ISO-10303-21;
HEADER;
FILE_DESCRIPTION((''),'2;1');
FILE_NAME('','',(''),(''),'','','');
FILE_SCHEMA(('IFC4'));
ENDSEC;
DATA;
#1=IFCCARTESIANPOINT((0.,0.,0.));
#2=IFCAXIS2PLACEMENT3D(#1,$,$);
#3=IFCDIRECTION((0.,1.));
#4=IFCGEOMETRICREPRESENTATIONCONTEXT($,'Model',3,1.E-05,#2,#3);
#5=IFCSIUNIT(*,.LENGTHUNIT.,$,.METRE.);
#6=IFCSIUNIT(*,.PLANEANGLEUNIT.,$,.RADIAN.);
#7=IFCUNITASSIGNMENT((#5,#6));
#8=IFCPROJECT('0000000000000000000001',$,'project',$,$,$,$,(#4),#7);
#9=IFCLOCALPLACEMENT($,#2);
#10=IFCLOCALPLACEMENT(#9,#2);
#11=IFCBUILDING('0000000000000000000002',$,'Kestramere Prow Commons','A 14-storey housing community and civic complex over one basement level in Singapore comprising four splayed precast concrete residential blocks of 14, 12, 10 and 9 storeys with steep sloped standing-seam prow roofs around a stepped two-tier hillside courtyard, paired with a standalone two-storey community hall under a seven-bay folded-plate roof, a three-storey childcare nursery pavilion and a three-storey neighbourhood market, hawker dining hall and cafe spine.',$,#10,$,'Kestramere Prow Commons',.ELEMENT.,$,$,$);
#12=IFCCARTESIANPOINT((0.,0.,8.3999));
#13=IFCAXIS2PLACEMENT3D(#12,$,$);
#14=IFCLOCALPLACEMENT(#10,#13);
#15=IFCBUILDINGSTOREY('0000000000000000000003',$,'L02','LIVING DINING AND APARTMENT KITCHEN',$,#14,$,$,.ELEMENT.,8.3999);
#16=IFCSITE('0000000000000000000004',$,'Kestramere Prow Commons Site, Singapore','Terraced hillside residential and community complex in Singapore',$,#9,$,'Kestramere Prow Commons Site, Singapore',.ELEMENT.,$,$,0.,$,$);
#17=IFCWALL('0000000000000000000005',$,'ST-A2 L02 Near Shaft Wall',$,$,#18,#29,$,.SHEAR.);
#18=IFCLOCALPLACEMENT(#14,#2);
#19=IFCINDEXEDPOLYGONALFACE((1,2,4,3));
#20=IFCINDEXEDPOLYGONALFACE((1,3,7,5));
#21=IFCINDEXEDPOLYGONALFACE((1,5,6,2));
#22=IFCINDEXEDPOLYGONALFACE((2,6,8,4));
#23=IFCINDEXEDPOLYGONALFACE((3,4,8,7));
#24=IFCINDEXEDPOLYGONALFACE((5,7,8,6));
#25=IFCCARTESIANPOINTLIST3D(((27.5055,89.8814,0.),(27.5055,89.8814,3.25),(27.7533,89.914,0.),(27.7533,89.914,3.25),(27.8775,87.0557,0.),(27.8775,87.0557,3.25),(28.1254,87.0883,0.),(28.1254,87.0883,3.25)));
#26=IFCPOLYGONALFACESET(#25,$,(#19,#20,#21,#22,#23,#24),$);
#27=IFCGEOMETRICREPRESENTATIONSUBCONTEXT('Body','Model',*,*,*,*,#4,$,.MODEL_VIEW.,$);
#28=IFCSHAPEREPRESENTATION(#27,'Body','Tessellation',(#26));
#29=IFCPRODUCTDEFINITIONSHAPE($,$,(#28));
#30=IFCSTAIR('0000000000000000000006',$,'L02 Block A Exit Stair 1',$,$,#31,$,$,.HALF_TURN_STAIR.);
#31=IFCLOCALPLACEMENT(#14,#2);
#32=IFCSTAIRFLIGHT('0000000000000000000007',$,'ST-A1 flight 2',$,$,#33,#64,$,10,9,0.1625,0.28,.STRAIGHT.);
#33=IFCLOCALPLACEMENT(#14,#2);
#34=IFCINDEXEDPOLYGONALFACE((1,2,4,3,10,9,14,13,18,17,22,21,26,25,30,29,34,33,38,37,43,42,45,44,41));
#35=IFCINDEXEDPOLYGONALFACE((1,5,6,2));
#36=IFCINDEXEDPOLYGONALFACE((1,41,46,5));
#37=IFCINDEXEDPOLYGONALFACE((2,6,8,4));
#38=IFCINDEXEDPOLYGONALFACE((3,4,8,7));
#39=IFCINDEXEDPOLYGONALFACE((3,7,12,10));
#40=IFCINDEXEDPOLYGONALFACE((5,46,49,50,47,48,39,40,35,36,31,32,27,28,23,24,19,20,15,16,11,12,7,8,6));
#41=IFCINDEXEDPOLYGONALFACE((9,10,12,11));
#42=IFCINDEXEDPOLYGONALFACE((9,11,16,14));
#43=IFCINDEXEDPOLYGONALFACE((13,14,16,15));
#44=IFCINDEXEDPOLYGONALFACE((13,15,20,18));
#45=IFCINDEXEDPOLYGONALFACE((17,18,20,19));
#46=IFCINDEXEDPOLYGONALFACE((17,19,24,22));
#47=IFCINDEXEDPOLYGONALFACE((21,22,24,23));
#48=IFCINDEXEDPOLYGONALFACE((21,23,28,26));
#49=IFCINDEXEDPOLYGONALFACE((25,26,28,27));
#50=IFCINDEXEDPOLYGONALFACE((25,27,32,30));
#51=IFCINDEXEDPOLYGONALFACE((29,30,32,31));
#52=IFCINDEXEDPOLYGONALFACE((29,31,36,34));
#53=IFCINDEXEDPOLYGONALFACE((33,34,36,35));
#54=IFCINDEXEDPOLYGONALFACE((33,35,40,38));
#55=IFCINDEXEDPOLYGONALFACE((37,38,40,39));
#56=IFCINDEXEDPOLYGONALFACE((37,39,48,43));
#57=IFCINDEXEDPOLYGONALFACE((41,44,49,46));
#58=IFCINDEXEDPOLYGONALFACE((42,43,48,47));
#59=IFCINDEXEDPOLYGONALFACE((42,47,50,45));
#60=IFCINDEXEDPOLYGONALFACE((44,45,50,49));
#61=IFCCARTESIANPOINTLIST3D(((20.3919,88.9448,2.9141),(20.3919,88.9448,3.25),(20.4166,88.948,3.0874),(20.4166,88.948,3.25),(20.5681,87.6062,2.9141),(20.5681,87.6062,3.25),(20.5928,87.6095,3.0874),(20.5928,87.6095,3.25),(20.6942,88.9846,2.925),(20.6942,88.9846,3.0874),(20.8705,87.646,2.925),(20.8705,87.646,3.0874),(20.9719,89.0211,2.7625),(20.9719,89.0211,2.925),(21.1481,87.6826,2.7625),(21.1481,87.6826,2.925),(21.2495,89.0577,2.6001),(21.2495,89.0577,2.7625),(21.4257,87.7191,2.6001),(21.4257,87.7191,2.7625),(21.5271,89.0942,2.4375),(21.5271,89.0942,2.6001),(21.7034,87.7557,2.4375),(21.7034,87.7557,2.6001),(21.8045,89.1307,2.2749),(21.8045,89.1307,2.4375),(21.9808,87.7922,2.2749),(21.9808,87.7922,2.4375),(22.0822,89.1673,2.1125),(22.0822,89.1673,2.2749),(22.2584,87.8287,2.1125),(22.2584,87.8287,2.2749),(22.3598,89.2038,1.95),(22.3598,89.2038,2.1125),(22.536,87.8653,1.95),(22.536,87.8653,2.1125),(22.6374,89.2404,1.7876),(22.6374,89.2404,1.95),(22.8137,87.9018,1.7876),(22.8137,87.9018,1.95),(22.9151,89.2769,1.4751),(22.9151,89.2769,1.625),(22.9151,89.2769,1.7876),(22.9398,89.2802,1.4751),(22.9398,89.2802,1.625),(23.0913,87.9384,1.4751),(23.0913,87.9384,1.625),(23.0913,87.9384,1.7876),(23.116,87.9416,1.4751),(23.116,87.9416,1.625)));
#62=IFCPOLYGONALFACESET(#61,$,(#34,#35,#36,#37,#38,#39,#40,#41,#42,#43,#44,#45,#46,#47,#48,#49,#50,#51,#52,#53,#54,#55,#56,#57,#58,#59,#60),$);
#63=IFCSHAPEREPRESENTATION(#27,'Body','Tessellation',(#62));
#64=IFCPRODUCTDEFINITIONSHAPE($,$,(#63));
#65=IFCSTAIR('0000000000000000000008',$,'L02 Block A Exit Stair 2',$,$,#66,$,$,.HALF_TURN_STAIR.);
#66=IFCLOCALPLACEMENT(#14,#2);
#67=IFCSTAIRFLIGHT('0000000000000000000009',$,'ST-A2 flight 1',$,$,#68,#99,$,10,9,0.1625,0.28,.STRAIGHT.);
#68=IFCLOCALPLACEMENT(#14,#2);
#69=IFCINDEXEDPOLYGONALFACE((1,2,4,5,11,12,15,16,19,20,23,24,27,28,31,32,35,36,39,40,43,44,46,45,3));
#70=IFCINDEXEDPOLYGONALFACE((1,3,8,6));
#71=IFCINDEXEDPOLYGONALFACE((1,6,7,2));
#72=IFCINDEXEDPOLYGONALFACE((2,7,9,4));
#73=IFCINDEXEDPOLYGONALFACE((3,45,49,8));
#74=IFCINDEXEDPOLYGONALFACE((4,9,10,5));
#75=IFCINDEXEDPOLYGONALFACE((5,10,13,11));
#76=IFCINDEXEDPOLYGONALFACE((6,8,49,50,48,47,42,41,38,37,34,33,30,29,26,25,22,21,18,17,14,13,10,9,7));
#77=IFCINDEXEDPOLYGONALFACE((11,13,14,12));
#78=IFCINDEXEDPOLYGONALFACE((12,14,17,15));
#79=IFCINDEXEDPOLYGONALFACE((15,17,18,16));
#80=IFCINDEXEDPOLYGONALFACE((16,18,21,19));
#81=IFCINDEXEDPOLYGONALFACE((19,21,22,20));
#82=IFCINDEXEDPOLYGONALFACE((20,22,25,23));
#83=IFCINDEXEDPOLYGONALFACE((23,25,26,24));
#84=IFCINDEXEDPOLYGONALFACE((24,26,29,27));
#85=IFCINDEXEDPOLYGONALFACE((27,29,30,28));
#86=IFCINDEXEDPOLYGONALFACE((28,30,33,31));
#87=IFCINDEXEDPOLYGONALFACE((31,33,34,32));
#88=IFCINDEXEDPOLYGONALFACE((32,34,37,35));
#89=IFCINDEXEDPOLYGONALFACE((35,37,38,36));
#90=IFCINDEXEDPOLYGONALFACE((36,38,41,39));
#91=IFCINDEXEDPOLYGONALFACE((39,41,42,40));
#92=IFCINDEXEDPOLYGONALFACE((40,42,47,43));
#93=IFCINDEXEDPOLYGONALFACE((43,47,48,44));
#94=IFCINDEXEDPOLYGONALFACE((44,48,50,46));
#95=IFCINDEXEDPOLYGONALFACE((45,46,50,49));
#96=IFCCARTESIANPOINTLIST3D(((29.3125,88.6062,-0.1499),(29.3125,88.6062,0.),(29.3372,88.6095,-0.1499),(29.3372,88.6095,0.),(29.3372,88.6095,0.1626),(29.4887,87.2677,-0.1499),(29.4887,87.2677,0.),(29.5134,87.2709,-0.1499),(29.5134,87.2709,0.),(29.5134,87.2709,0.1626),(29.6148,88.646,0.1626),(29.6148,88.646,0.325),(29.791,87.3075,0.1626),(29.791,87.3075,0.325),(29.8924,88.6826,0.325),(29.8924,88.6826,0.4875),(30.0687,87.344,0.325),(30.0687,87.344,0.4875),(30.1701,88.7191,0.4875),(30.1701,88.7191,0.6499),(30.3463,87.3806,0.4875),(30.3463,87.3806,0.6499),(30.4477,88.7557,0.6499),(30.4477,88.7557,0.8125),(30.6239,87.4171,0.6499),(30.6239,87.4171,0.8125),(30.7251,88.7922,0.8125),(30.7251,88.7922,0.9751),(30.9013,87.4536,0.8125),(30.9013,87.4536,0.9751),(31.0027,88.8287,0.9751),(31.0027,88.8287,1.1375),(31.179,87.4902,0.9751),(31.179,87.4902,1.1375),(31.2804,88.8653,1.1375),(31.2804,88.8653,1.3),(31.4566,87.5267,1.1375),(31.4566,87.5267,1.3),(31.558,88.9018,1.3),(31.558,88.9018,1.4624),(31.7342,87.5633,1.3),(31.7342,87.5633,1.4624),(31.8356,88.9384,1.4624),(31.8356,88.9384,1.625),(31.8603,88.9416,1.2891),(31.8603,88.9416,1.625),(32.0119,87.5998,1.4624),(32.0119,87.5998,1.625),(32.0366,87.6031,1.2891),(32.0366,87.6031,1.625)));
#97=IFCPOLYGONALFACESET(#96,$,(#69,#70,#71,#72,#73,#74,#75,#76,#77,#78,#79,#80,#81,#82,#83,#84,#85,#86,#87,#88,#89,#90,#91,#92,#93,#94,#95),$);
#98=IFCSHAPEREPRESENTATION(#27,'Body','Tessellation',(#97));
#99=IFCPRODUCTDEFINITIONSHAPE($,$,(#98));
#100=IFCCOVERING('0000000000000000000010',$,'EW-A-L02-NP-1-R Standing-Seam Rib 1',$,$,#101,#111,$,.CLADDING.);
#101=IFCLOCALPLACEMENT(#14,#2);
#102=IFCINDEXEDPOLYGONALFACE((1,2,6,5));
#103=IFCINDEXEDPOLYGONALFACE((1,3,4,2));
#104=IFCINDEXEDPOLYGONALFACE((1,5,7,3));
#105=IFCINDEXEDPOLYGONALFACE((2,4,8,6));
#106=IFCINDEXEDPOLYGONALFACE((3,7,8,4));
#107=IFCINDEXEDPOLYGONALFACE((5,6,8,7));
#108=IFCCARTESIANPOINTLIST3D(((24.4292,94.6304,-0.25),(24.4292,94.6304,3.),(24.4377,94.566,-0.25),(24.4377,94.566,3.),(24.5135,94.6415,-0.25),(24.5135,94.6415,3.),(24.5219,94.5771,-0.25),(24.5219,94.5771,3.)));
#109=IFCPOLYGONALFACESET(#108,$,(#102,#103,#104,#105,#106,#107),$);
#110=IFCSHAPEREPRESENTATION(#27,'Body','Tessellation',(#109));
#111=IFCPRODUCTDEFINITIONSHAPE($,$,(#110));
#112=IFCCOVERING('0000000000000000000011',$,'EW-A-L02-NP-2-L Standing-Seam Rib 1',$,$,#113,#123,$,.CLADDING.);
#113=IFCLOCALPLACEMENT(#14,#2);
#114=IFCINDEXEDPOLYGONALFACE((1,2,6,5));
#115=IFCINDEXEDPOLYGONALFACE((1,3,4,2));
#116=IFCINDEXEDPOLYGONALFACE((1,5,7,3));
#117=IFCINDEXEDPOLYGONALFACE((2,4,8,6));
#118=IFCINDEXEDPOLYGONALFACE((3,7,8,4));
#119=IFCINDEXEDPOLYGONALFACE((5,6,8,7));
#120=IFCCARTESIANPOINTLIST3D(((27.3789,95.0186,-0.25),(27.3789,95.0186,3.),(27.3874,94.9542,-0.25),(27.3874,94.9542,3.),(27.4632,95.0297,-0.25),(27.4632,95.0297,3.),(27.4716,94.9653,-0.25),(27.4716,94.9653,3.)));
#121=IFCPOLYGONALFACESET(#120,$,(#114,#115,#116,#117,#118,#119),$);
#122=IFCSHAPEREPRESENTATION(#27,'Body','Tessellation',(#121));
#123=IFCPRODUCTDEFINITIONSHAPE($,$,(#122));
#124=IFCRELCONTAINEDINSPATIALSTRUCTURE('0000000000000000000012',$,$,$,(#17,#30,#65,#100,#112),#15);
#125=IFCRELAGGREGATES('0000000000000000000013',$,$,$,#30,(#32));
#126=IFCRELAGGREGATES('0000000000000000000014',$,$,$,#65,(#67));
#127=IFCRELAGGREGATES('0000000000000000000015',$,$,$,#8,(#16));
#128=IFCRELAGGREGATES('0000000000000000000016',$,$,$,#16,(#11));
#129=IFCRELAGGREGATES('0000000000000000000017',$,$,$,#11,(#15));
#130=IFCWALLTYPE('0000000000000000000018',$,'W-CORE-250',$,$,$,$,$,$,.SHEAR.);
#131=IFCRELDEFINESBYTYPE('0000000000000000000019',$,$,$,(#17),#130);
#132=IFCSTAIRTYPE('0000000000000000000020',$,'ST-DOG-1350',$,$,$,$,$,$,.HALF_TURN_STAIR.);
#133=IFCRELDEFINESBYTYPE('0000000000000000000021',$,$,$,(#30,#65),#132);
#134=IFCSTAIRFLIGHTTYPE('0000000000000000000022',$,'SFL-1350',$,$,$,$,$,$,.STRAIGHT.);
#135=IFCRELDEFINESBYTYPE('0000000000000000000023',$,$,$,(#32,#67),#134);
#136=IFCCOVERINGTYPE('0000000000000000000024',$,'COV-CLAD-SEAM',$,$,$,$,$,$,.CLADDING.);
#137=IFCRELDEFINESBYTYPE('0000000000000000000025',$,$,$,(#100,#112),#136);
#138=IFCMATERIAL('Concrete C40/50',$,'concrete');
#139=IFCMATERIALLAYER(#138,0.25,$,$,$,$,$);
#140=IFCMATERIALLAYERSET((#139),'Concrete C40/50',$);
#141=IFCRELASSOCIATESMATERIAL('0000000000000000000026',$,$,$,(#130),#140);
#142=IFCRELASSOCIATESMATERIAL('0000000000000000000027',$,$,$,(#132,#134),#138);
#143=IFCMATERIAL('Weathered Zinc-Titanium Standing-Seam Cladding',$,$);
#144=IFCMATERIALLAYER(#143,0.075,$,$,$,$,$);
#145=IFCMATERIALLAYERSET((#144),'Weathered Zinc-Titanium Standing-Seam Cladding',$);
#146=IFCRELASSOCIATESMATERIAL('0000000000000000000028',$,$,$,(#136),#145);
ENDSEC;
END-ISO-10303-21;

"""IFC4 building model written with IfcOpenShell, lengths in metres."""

from ifc_helpers import new_model, si_unit, direction, frame, frame_2d, origin, origin_2d, place, context, subcontext, project, spatial, polyline, rectangle, outline, extrude, material, layer, layer_set, type_object, element, aggregate, save


model = new_model("IFC4")

# Units and contexts
model_context = context("Model", 3, precision=1e-05, world=origin(), true_north=direction((0.0, 1.0)))
body_context = subcontext(model_context, "Body", "Model", "MODEL_VIEW")
ifc_project = project(units=[si_unit("LENGTHUNIT", "METRE"), si_unit("PLANEANGLEUNIT", "RADIAN")], contexts=[model_context])

# Site, building, storey
site_placement = place(None, origin())
site = spatial("IfcSite", under=ifc_project, at=site_placement, Name="Kestramere Prow Commons Site, Singapore", Description="Terraced hillside residential and community complex in Singapore", LongName="Kestramere Prow Commons Site, Singapore", CompositionType="ELEMENT", RefElevation=0.0)
building_placement = place(site_placement, origin())
building = spatial("IfcBuilding", under=site, at=building_placement, Name="Kestramere Prow Commons", Description="A 14-storey housing community and civic complex over one basement level in Singapore comprising four splayed precast concrete residential blocks of 14, 12, 10 and 9 storeys with steep sloped standing-seam prow roofs around a stepped two-tier hillside courtyard, paired with a standalone two-storey community hall under a seven-bay folded-plate roof, a three-storey childcare nursery pavilion and a three-storey neighbourhood market, hawker dining hall and cafe spine.", LongName="Kestramere Prow Commons", CompositionType="ELEMENT")
storey_placement = place(building_placement, frame((0.0, 0.0, 8.3999)))
storey = spatial("IfcBuildingStorey", under=building, at=storey_placement, Name="L02", Description="LIVING DINING AND APARTMENT KITCHEN", CompositionType="ELEMENT", Elevation=8.3999)

# Shared definitions
ifc_material_1 = material(Name="Concrete C40/50", Category="concrete")
ifc_layer_1 = layer(ifc_material_1, 0.25)
ifc_layer_set_1 = layer_set([ifc_layer_1], Name="Concrete C40/50")
wall_type_1 = type_object("IfcWallType", Name="W-CORE-250", PredefinedType="SHEAR", material=ifc_layer_set_1)

# Wall
wall_1_placement = place(storey_placement, frame((28.0015, 87.072, 0.0), z_axis=(0.0, 0.0, 1.0), x_axis=(-0.130548, 0.991442, 0.0)))
element("IfcWall", 1, at=wall_1_placement, inside=storey, type_object=wall_type_1, Name="ST-A2 L02 Near Shaft Wall", PredefinedType="SHEAR", context=body_context, shape_type="SweptSolid", body=[
    extrude(rectangle(XDim=2.8501, YDim=0.25, at=frame_2d((1.425, 0.0))), origin(), (0.0, 0.0, 1.0), 3.25),
])

# Stairs, stair flights
stair_type = type_object("IfcStairType", Name="ST-DOG-1350", PredefinedType="HALF_TURN_STAIR", material=ifc_material_1)
stair_1_placement = place(storey_placement, origin())
stair_1 = element("IfcStair", 2, at=stair_1_placement, inside=storey, type_object=stair_type, Name="L02 Block A Exit Stair 1", PredefinedType="HALF_TURN_STAIR")
stair_flight_type = type_object("IfcStairFlightType", Name="SFL-1350", PredefinedType="STRAIGHT", material=ifc_material_1)
stair_flight_1_placement = place(storey_placement, frame((23.0032, 88.6077, 1.625), z_axis=(0.0, 0.0, 1.0), x_axis=(-0.991445, -0.130526, 0.0)))
stair_flight_1 = element("IfcStairFlight", 3, at=stair_flight_1_placement, type_object=stair_flight_type, Name="ST-A1 flight 2", NumberOfRisers=10, NumberOfTreads=9, PredefinedType="STRAIGHT", RiserHeight=0.1625, TreadLength=0.28, context=body_context, shape_type="SweptSolid", body=[
    extrude(outline(polyline([(-0.0249, 0.0), (0.0, 0.0), (0.0, 0.1626), (0.28, 0.1626), (0.28, 0.325), (0.5601, 0.325), (0.5601, 0.4875), (0.8401, 0.4875), (0.8401, 0.6499), (1.1201, 0.6499), (1.1201, 0.8125), (1.3999, 0.8125), (1.3999, 0.9751), (1.6799, 0.9751), (1.6799, 1.1375), (1.96, 1.1375), (1.96, 1.3), (2.24, 1.3), (2.24, 1.4624), (2.52, 1.4624), (2.52, 1.625), (2.5449, 1.625), (2.5449, 1.2891), (0.0, -0.1499), (-0.0249, -0.1499), (-0.0249, 0.0)])), frame((0.0, 0.675, 0.0), z_axis=(0.0, -1.0, 0.0), x_axis=(1.0, 0.0, 0.0)), (0.0, 0.0, 1.0), 1.3501),
])
aggregate(stair_1, [stair_flight_1])
stair_2_placement = place(storey_placement, origin())
stair_2 = element("IfcStair", 4, at=stair_2_placement, inside=storey, type_object=stair_type, Name="L02 Block A Exit Stair 2", PredefinedType="HALF_TURN_STAIR")
stair_flight_2_placement = place(storey_placement, frame((29.4253, 87.9402, 0.0), z_axis=(0.0, 0.0, 1.0), x_axis=(0.991445, 0.130526, 0.0)))
stair_flight_2 = element("IfcStairFlight", 5, at=stair_flight_2_placement, type_object=stair_flight_type, Name="ST-A2 flight 1", NumberOfRisers=10, NumberOfTreads=9, PredefinedType="STRAIGHT", RiserHeight=0.1625, TreadLength=0.28, context=body_context, shape_type="SweptSolid", body=[
    extrude(outline(polyline([(-0.0249, 0.0), (0.0, 0.0), (0.0, 0.1626), (0.28, 0.1626), (0.28, 0.325), (0.5601, 0.325), (0.5601, 0.4875), (0.8401, 0.4875), (0.8401, 0.6499), (1.1201, 0.6499), (1.1201, 0.8125), (1.3999, 0.8125), (1.3999, 0.9751), (1.6799, 0.9751), (1.6799, 1.1375), (1.96, 1.1375), (1.96, 1.3), (2.24, 1.3), (2.24, 1.4624), (2.52, 1.4624), (2.52, 1.625), (2.5449, 1.625), (2.5449, 1.2891), (0.0, -0.1499), (-0.0249, -0.1499), (-0.0249, 0.0)])), frame((0.0, 0.675, 0.0), z_axis=(0.0, -1.0, 0.0), x_axis=(1.0, 0.0, 0.0)), (0.0, 0.0, 1.0), 1.3501),
])
aggregate(stair_2, [stair_flight_2])

# Coverings
ifc_material_2 = material(Name="Weathered Zinc-Titanium Standing-Seam Cladding")
ifc_layer_2 = layer(ifc_material_2, 0.075)
ifc_layer_set_2 = layer_set([ifc_layer_2], Name="Weathered Zinc-Titanium Standing-Seam Cladding")
covering_type = type_object("IfcCoveringType", Name="COV-CLAD-SEAM", PredefinedType="CLADDING", material=ifc_layer_set_2)
for number, where, z_axis, x_axis, name in (
    (6, (24.4756, 94.6038, -0.25), (0.0, 0.0, 1.0), (0.991445, 0.130526, 0.0), "EW-A-L02-NP-1-R Standing-Seam Rib 1"),
    (7, (27.4253, 94.9919, -0.25), (0.0, 0.0, 1.0), (0.991445, 0.130526, 0.0), "EW-A-L02-NP-2-L Standing-Seam Rib 1"),
):
    element("IfcCovering", number, at=place(storey_placement, frame(where, z_axis=z_axis, x_axis=x_axis)), inside=storey, type_object=covering_type, Name=name, PredefinedType="CLADDING", context=body_context, shape_type="SweptSolid", body=[
        extrude(rectangle(XDim=0.085, YDim=0.0649, at=origin_2d()), origin(), (0.0, 0.0, 1.0), 3.25),
    ])

save(model, "model.ifc")
